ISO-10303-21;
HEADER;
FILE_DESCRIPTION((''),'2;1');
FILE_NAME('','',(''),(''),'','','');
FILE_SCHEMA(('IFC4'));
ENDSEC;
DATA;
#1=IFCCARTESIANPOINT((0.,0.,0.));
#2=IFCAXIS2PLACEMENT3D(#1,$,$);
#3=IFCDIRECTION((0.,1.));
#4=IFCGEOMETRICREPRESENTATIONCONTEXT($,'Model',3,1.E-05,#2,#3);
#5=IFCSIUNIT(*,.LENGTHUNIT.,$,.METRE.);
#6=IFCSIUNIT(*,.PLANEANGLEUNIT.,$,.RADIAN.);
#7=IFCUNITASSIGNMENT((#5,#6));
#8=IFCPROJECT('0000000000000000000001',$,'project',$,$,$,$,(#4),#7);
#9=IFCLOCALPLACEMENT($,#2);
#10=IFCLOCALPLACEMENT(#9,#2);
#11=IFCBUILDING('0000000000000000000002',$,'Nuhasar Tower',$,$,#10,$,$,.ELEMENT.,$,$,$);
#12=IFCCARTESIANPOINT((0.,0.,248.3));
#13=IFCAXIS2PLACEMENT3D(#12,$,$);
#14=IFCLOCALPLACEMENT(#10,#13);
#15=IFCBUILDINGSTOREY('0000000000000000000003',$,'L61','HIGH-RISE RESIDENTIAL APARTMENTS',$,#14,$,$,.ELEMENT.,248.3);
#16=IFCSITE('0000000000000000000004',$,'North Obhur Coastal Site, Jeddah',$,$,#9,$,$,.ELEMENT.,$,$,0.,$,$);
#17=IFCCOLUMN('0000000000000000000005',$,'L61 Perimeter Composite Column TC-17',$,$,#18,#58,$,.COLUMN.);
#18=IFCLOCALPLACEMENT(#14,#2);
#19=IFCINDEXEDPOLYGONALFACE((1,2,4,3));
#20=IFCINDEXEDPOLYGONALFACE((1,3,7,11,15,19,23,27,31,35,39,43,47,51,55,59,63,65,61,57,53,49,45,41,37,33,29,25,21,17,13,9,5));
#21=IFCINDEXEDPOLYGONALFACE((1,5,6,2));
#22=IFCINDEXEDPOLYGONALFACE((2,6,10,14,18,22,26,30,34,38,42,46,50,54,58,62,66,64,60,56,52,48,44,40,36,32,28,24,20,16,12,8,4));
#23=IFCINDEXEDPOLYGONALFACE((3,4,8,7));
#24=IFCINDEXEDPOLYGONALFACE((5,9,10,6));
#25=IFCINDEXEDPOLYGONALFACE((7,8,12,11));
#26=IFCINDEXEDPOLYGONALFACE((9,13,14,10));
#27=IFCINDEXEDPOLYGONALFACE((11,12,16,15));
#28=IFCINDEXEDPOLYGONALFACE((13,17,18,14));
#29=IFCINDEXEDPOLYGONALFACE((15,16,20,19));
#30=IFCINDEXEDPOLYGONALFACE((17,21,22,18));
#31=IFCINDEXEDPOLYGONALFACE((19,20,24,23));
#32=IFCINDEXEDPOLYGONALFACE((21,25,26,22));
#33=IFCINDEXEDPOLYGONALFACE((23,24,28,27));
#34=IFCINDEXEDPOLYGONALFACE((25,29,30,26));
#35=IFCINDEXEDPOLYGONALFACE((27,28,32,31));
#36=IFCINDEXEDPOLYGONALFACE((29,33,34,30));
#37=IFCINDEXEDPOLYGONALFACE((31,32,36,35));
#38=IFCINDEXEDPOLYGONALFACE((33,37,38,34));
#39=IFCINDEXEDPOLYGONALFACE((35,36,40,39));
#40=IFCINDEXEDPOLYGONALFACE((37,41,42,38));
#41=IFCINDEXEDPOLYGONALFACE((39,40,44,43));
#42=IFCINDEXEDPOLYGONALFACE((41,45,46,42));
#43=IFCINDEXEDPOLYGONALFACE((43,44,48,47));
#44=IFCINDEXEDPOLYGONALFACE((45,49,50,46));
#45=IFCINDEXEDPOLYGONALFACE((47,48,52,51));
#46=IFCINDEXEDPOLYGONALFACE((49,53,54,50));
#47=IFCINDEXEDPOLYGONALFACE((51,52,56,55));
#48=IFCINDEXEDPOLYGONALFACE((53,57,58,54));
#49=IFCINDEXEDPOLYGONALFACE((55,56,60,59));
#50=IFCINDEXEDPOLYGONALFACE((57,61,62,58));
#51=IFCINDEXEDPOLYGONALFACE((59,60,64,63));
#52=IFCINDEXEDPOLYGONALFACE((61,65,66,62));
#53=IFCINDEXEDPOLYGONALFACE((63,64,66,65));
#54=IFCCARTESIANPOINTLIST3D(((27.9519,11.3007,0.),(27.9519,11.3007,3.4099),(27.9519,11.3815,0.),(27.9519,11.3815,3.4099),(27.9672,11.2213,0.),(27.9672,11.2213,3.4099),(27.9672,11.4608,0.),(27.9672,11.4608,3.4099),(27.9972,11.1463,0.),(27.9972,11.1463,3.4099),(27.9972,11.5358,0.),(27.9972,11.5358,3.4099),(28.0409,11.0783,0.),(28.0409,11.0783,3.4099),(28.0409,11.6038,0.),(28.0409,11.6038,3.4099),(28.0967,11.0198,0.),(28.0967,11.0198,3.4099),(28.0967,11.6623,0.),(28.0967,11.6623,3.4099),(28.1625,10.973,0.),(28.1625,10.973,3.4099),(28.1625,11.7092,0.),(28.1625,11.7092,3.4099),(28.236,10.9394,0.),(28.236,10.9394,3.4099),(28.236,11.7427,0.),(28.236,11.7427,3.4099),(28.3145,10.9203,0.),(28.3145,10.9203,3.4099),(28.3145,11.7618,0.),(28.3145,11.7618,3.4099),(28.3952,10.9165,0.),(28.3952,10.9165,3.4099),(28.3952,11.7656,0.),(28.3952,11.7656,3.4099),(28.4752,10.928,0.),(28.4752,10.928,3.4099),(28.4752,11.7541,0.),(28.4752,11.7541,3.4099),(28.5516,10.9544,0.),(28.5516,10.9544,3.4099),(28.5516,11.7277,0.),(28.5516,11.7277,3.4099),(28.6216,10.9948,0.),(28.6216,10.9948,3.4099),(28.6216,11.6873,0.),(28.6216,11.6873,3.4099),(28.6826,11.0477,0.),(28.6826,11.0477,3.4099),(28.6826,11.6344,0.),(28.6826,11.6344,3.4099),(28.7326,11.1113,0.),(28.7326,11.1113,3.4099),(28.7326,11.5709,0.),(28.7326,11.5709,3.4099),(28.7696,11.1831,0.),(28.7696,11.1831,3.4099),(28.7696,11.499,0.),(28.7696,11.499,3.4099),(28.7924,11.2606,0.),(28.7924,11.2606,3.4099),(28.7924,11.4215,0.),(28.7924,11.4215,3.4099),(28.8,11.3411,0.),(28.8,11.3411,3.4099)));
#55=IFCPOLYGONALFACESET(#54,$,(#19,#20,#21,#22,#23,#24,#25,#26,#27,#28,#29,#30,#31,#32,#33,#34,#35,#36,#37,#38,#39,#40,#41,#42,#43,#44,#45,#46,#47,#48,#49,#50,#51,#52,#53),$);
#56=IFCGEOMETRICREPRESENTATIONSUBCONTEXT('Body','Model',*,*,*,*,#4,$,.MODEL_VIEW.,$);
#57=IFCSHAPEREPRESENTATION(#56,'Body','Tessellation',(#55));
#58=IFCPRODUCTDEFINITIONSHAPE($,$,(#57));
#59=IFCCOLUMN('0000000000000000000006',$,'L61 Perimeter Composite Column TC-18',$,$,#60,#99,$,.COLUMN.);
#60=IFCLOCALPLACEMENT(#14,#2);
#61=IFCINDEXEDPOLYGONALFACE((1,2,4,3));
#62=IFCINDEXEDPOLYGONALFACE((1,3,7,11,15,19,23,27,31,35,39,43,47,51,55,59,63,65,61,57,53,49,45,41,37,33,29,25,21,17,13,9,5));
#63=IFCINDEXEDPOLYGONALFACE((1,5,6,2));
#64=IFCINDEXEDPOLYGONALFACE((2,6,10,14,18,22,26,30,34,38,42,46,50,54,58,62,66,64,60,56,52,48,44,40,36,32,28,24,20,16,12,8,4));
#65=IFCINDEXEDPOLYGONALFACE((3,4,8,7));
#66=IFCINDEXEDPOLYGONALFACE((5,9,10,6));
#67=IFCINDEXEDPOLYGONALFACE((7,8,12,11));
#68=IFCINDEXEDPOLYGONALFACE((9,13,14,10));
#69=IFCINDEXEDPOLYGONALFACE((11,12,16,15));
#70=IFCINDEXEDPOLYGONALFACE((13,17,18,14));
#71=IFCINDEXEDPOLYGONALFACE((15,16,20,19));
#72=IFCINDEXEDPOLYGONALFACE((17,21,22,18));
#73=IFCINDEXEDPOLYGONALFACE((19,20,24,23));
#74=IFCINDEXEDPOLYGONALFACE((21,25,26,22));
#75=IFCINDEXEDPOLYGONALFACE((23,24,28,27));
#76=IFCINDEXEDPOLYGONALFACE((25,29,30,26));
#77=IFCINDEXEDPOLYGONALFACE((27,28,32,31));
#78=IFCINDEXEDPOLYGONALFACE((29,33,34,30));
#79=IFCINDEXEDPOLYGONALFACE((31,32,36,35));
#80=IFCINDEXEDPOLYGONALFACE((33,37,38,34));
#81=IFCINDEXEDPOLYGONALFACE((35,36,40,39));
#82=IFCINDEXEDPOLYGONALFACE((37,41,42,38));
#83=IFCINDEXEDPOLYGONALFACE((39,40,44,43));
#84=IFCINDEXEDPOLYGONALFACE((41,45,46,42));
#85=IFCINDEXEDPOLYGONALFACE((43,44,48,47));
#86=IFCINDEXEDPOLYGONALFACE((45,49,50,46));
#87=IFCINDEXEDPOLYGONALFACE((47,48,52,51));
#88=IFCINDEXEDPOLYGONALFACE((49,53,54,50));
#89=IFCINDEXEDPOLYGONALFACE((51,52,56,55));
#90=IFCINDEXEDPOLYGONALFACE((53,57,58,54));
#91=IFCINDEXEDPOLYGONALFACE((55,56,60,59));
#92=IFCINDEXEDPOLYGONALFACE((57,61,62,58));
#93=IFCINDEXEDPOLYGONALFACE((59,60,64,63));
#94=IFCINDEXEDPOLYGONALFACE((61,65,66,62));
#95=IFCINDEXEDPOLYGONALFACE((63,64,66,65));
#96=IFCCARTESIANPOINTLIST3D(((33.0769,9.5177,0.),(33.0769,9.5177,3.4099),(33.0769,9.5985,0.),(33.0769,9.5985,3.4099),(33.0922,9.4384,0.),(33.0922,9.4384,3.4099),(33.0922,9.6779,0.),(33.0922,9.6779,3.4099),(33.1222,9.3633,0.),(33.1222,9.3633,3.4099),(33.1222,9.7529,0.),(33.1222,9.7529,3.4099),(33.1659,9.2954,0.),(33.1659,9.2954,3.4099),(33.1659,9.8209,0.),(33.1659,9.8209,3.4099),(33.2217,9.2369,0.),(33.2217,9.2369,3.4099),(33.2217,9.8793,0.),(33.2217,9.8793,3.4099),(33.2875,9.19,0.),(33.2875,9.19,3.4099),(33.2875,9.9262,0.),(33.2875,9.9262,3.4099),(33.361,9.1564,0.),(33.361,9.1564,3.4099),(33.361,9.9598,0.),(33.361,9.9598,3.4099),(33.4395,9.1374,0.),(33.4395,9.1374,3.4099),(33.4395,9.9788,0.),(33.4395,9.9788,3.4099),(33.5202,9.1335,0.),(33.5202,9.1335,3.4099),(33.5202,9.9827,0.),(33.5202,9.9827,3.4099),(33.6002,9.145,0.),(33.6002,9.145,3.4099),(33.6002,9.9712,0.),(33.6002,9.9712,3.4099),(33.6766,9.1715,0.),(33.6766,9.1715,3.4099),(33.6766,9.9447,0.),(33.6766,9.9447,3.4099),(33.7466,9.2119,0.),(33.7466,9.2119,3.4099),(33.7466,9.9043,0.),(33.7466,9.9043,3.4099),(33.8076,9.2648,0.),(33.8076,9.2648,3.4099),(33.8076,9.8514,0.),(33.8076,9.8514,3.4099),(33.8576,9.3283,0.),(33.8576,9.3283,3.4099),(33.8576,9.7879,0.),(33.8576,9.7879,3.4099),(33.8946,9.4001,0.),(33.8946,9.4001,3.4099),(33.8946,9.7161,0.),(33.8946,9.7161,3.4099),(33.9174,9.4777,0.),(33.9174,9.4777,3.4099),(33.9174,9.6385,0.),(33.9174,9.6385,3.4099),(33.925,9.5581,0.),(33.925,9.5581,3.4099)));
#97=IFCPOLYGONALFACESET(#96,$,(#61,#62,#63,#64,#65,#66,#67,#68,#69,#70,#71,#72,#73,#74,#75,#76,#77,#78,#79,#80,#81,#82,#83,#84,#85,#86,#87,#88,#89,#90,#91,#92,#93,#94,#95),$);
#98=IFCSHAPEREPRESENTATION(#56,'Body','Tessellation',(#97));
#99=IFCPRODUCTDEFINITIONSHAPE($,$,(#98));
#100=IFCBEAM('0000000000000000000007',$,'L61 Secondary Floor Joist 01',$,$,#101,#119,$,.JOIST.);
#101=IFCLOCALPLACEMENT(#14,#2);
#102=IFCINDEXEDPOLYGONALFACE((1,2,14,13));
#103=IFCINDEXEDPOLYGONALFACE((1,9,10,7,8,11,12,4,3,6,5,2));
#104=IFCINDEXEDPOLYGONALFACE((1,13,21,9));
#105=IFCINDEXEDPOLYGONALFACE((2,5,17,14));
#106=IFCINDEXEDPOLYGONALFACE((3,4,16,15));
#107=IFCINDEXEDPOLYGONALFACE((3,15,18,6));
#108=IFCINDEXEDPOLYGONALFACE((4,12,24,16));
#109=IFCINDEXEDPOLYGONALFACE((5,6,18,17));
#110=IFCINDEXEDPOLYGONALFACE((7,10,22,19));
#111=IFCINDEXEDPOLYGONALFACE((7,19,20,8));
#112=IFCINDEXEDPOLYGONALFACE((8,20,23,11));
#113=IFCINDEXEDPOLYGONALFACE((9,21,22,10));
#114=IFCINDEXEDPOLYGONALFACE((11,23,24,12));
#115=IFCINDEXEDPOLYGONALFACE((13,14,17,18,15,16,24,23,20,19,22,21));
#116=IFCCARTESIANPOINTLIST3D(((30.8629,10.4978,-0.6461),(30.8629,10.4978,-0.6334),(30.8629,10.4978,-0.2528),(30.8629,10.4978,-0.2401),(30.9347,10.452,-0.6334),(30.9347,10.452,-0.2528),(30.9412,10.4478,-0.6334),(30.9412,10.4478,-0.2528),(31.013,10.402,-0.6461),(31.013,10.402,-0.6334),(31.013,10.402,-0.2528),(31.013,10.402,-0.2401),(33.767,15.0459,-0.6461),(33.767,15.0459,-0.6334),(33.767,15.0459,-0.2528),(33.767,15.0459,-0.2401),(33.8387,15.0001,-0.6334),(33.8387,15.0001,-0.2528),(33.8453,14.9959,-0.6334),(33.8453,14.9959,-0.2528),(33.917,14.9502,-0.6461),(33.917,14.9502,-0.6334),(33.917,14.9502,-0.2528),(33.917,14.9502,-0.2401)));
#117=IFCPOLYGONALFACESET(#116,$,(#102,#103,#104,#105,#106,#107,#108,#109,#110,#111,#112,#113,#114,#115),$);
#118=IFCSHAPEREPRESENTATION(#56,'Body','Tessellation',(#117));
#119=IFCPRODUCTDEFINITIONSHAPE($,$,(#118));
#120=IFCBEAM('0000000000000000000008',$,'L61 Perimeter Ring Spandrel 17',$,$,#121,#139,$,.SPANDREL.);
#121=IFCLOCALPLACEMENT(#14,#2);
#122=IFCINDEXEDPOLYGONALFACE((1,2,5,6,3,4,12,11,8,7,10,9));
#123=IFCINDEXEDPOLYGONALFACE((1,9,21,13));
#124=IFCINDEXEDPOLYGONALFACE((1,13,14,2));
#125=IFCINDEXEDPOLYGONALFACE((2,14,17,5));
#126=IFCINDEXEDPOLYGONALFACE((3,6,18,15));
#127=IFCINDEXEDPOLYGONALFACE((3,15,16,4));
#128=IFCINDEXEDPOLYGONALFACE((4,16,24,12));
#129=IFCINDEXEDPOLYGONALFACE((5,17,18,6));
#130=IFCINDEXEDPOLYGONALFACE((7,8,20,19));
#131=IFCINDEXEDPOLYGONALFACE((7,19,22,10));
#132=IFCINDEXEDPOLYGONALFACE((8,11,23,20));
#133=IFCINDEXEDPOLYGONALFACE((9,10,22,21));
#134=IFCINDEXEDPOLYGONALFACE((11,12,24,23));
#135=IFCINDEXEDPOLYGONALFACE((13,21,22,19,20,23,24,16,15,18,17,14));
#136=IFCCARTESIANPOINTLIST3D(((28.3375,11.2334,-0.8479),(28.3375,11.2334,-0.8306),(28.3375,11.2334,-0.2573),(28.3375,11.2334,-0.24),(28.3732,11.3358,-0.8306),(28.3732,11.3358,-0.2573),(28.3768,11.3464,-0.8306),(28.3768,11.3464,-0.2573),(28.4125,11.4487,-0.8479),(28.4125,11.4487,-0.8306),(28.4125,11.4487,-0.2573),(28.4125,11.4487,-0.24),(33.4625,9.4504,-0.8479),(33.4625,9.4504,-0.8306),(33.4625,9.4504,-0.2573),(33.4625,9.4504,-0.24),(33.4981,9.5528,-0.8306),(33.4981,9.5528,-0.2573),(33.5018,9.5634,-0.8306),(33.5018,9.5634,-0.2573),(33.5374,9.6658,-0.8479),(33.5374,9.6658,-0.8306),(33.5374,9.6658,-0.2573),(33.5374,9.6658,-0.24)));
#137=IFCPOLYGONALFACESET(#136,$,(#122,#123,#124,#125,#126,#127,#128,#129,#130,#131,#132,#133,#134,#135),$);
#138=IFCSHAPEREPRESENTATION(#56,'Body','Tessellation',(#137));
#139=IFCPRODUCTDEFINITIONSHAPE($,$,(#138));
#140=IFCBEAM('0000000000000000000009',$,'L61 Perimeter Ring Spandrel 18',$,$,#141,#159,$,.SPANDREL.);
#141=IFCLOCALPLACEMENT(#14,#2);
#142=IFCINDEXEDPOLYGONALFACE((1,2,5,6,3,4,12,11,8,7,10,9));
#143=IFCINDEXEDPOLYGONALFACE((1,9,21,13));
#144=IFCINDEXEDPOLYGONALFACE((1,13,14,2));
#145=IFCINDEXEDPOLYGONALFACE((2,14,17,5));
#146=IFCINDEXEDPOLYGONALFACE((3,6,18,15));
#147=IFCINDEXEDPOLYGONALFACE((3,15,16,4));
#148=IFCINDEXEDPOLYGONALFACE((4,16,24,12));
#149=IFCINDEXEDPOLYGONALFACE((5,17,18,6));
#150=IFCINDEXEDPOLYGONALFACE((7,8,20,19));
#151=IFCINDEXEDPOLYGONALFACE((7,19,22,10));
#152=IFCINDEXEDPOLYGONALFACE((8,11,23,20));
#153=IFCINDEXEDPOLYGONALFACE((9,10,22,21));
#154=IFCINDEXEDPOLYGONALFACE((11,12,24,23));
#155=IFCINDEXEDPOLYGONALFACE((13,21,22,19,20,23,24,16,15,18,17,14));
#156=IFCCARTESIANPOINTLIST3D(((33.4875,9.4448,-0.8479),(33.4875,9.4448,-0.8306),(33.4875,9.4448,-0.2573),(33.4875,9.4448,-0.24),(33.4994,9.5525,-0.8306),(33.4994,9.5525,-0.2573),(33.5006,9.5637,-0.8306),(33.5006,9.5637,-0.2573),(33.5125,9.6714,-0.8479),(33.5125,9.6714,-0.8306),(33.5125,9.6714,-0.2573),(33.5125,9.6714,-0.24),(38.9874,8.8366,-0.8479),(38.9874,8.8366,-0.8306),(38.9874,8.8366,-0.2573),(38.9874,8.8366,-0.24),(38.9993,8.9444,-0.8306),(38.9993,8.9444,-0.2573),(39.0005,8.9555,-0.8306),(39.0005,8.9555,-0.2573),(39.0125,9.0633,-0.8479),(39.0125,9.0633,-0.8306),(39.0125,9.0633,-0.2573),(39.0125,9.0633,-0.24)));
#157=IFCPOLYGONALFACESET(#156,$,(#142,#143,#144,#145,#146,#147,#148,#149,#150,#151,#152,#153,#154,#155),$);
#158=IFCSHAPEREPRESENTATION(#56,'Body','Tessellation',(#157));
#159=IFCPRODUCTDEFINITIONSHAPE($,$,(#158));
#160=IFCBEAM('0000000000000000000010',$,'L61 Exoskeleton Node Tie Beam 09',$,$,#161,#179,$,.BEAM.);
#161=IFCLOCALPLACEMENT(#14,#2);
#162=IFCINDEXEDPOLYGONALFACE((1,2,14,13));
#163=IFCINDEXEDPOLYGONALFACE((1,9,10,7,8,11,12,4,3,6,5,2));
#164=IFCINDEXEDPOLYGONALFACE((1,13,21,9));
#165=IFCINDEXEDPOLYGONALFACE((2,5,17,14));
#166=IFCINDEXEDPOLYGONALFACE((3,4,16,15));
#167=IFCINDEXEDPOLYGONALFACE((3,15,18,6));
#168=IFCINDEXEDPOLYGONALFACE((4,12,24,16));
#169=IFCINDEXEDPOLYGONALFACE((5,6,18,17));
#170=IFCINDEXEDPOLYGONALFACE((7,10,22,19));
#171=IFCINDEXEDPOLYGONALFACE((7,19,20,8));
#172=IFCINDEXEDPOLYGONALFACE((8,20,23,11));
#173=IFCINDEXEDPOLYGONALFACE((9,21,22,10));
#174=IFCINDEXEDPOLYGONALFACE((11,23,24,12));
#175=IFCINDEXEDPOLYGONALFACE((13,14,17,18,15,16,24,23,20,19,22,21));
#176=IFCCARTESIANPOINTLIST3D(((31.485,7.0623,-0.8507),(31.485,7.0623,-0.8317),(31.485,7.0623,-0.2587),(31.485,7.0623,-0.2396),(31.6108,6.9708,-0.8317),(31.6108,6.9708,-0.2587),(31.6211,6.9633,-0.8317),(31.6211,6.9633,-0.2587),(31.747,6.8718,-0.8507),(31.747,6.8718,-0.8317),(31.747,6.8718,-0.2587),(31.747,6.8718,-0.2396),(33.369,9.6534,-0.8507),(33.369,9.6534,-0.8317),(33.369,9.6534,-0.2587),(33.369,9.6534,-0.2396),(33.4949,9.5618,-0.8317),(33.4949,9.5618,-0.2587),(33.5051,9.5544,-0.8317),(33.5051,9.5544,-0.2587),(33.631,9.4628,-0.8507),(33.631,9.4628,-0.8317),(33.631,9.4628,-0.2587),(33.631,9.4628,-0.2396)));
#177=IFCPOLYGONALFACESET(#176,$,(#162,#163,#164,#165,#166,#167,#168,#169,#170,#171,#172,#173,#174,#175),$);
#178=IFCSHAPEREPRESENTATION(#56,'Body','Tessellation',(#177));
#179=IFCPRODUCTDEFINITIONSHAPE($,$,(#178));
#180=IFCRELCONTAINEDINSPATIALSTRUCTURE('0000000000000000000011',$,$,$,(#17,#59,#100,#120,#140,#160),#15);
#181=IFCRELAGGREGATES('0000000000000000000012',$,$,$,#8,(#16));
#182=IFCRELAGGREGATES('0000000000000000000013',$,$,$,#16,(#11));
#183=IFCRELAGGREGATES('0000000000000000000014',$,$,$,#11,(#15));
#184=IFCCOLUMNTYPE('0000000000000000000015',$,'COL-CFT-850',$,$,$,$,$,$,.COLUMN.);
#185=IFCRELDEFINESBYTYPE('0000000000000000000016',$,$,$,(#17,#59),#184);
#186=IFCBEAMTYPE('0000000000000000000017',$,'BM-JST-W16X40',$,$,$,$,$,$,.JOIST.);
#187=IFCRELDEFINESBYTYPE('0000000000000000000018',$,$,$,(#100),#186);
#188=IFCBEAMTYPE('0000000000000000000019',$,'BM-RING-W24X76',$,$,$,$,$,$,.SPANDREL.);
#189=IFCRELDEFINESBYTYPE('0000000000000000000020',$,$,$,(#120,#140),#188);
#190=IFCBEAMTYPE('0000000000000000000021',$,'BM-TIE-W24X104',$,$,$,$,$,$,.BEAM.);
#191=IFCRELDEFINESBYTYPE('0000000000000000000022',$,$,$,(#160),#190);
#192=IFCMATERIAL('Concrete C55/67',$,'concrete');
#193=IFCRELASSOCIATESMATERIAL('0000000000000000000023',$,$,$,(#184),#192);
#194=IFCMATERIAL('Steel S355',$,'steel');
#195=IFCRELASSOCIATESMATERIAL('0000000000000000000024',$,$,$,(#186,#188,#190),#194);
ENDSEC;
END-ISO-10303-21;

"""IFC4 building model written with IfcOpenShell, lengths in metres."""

from ifc_helpers import new_model, si_unit, direction, frame, origin, origin_2d, place, context, subcontext, project, spatial, circle, i_section, extrude, material, material_profile, profile_set, type_object, element, save


model = new_model("IFC4")

# Units and contexts
model_context = context("Model", 3, precision=1e-05, world=origin(), true_north=direction((0.0, 1.0)))
body_context = subcontext(model_context, "Body", "Model", "MODEL_VIEW")
ifc_project = project(units=[si_unit("LENGTHUNIT", "METRE"), si_unit("PLANEANGLEUNIT", "RADIAN")], contexts=[model_context])

# Site, building, storey
site_placement = place(None, origin())
site = spatial("IfcSite", under=ifc_project, at=site_placement, Name="North Obhur Coastal Site, Jeddah", CompositionType="ELEMENT", RefElevation=0.0)
building_placement = place(site_placement, origin())
building = spatial("IfcBuilding", under=site, at=building_placement, Name="Nuhasar Tower", CompositionType="ELEMENT")
storey_placement = place(building_placement, frame((0.0, 0.0, 248.3)))
storey = spatial("IfcBuildingStorey", under=building, at=storey_placement, Name="L61", Description="HIGH-RISE RESIDENTIAL APARTMENTS", CompositionType="ELEMENT", Elevation=248.3)

# Columns
ifc_material_1 = material(Name="Concrete C55/67", Category="concrete")
ifc_material_profile_1 = material_profile(ifc_material_1, circle(Radius=0.425, at=origin_2d()), Name="CFT850")
ifc_profile_set_1 = profile_set([ifc_material_profile_1], Name="Concrete C55/67")
column_type = type_object("IfcColumnType", Name="COL-CFT-850", PredefinedType="COLUMN", material=ifc_profile_set_1)
for number, where, z_axis, x_axis, name in (
    (1, (28.375, 11.3411, 0.0), (0.0, 0.0, 1.0), (1.0, 0.0, 0.0), "L61 Perimeter Composite Column TC-17"),
    (2, (33.5, 9.5581, 0.0), (0.0, 0.0, 1.0), (1.0, 0.0, 0.0), "L61 Perimeter Composite Column TC-18"),
):
    element("IfcColumn", number, at=place(storey_placement, frame(where, z_axis=z_axis, x_axis=x_axis)), inside=storey, type_object=column_type, Name=name, PredefinedType="COLUMN", context=body_context, shape_type="SweptSolid", body=[
        extrude(circle(Radius=0.425, at=origin_2d()), origin(), (0.0, 0.0, 1.0), 3.4099),
    ])

# Beams
ifc_material_2 = material(Name="Steel S355", Category="steel")
ifc_material_profile_2 = material_profile(ifc_material_2, i_section(OverallWidth=0.178, OverallDepth=0.406, WebThickness=0.0078, FlangeThickness=0.0127, at=origin_2d()), Name="W16X40")
ifc_profile_set_2 = profile_set([ifc_material_profile_2], Name="Steel S355")
beam_type_1 = type_object("IfcBeamType", Name="BM-JST-W16X40", PredefinedType="JOIST", material=ifc_profile_set_2)
beam_1_placement = place(storey_placement, frame((33.842, 14.998, -0.4431), z_axis=(-0.538169, -0.842837, 0.0), x_axis=(0.842837, -0.538169, 0.0)))
element("IfcBeam", 3, at=beam_1_placement, inside=storey, type_object=beam_type_1, Name="L61 Secondary Floor Joist 01", PredefinedType="JOIST", context=body_context, shape_type="SweptSolid", body=[
    extrude(i_section(OverallWidth=0.178, OverallDepth=0.406, WebThickness=0.0078, FlangeThickness=0.0127, at=origin_2d()), origin(), (0.0, 0.0, 1.0), 5.3962),
])
ifc_material_profile_3 = material_profile(ifc_material_2, i_section(OverallWidth=0.228, OverallDepth=0.6079, WebThickness=0.0112, FlangeThickness=0.0173, at=origin_2d()), Name="W24X76")
ifc_profile_set_3 = profile_set([ifc_material_profile_3], Name="Steel S355")
beam_type_2 = type_object("IfcBeamType", Name="BM-RING-W24X76", PredefinedType="SPANDREL", material=ifc_profile_set_3)
beam_2_placement = place(storey_placement, frame((28.375, 11.3411, -0.5439), z_axis=(0.944477, -0.328578, 0.0), x_axis=(0.328578, 0.944477, 0.0)))
element("IfcBeam", 4, at=beam_2_placement, inside=storey, type_object=beam_type_2, Name="L61 Perimeter Ring Spandrel 17", PredefinedType="SPANDREL", context=body_context, shape_type="SweptSolid", body=[
    extrude(i_section(OverallWidth=0.228, OverallDepth=0.6079, WebThickness=0.0112, FlangeThickness=0.0173, at=origin_2d()), origin(), (0.0, 0.0, 1.0), 5.4263),
])
beam_3_placement = place(storey_placement, frame((33.5, 9.5581, -0.5439), z_axis=(0.993942, -0.109904, 0.0), x_axis=(0.109904, 0.993942, 0.0)))
element("IfcBeam", 5, at=beam_3_placement, inside=storey, type_object=beam_type_2, Name="L61 Perimeter Ring Spandrel 18", PredefinedType="SPANDREL", context=body_context, shape_type="SweptSolid", body=[
    extrude(i_section(OverallWidth=0.228, OverallDepth=0.6079, WebThickness=0.0112, FlangeThickness=0.0173, at=origin_2d()), origin(), (0.0, 0.0, 1.0), 5.5334),
])
ifc_material_profile_4 = material_profile(ifc_material_2, i_section(OverallWidth=0.324, OverallDepth=0.6111, WebThickness=0.0127, FlangeThickness=0.019, at=origin_2d()), Name="W24X104")
ifc_profile_set_4 = profile_set([ifc_material_profile_4], Name="Steel S355")
beam_type_3 = type_object("IfcBeamType", Name="BM-TIE-W24X104", PredefinedType="BEAM", material=ifc_profile_set_4)
beam_4_placement = place(storey_placement, frame((33.5, 9.5581, -0.5452), z_axis=(-0.588095, -0.808792, 0.0), x_axis=(0.808792, -0.588095, 0.0)))
element("IfcBeam", 6, at=beam_4_placement, inside=storey, type_object=beam_type_3, Name="L61 Exoskeleton Node Tie Beam 09", PredefinedType="BEAM", context=body_context, shape_type="SweptSolid", body=[
    extrude(i_section(OverallWidth=0.324, OverallDepth=0.6111, WebThickness=0.0127, FlangeThickness=0.019, at=origin_2d()), origin(), (0.0, 0.0, 1.0), 3.2036),
])

save(model, "model.ifc")
